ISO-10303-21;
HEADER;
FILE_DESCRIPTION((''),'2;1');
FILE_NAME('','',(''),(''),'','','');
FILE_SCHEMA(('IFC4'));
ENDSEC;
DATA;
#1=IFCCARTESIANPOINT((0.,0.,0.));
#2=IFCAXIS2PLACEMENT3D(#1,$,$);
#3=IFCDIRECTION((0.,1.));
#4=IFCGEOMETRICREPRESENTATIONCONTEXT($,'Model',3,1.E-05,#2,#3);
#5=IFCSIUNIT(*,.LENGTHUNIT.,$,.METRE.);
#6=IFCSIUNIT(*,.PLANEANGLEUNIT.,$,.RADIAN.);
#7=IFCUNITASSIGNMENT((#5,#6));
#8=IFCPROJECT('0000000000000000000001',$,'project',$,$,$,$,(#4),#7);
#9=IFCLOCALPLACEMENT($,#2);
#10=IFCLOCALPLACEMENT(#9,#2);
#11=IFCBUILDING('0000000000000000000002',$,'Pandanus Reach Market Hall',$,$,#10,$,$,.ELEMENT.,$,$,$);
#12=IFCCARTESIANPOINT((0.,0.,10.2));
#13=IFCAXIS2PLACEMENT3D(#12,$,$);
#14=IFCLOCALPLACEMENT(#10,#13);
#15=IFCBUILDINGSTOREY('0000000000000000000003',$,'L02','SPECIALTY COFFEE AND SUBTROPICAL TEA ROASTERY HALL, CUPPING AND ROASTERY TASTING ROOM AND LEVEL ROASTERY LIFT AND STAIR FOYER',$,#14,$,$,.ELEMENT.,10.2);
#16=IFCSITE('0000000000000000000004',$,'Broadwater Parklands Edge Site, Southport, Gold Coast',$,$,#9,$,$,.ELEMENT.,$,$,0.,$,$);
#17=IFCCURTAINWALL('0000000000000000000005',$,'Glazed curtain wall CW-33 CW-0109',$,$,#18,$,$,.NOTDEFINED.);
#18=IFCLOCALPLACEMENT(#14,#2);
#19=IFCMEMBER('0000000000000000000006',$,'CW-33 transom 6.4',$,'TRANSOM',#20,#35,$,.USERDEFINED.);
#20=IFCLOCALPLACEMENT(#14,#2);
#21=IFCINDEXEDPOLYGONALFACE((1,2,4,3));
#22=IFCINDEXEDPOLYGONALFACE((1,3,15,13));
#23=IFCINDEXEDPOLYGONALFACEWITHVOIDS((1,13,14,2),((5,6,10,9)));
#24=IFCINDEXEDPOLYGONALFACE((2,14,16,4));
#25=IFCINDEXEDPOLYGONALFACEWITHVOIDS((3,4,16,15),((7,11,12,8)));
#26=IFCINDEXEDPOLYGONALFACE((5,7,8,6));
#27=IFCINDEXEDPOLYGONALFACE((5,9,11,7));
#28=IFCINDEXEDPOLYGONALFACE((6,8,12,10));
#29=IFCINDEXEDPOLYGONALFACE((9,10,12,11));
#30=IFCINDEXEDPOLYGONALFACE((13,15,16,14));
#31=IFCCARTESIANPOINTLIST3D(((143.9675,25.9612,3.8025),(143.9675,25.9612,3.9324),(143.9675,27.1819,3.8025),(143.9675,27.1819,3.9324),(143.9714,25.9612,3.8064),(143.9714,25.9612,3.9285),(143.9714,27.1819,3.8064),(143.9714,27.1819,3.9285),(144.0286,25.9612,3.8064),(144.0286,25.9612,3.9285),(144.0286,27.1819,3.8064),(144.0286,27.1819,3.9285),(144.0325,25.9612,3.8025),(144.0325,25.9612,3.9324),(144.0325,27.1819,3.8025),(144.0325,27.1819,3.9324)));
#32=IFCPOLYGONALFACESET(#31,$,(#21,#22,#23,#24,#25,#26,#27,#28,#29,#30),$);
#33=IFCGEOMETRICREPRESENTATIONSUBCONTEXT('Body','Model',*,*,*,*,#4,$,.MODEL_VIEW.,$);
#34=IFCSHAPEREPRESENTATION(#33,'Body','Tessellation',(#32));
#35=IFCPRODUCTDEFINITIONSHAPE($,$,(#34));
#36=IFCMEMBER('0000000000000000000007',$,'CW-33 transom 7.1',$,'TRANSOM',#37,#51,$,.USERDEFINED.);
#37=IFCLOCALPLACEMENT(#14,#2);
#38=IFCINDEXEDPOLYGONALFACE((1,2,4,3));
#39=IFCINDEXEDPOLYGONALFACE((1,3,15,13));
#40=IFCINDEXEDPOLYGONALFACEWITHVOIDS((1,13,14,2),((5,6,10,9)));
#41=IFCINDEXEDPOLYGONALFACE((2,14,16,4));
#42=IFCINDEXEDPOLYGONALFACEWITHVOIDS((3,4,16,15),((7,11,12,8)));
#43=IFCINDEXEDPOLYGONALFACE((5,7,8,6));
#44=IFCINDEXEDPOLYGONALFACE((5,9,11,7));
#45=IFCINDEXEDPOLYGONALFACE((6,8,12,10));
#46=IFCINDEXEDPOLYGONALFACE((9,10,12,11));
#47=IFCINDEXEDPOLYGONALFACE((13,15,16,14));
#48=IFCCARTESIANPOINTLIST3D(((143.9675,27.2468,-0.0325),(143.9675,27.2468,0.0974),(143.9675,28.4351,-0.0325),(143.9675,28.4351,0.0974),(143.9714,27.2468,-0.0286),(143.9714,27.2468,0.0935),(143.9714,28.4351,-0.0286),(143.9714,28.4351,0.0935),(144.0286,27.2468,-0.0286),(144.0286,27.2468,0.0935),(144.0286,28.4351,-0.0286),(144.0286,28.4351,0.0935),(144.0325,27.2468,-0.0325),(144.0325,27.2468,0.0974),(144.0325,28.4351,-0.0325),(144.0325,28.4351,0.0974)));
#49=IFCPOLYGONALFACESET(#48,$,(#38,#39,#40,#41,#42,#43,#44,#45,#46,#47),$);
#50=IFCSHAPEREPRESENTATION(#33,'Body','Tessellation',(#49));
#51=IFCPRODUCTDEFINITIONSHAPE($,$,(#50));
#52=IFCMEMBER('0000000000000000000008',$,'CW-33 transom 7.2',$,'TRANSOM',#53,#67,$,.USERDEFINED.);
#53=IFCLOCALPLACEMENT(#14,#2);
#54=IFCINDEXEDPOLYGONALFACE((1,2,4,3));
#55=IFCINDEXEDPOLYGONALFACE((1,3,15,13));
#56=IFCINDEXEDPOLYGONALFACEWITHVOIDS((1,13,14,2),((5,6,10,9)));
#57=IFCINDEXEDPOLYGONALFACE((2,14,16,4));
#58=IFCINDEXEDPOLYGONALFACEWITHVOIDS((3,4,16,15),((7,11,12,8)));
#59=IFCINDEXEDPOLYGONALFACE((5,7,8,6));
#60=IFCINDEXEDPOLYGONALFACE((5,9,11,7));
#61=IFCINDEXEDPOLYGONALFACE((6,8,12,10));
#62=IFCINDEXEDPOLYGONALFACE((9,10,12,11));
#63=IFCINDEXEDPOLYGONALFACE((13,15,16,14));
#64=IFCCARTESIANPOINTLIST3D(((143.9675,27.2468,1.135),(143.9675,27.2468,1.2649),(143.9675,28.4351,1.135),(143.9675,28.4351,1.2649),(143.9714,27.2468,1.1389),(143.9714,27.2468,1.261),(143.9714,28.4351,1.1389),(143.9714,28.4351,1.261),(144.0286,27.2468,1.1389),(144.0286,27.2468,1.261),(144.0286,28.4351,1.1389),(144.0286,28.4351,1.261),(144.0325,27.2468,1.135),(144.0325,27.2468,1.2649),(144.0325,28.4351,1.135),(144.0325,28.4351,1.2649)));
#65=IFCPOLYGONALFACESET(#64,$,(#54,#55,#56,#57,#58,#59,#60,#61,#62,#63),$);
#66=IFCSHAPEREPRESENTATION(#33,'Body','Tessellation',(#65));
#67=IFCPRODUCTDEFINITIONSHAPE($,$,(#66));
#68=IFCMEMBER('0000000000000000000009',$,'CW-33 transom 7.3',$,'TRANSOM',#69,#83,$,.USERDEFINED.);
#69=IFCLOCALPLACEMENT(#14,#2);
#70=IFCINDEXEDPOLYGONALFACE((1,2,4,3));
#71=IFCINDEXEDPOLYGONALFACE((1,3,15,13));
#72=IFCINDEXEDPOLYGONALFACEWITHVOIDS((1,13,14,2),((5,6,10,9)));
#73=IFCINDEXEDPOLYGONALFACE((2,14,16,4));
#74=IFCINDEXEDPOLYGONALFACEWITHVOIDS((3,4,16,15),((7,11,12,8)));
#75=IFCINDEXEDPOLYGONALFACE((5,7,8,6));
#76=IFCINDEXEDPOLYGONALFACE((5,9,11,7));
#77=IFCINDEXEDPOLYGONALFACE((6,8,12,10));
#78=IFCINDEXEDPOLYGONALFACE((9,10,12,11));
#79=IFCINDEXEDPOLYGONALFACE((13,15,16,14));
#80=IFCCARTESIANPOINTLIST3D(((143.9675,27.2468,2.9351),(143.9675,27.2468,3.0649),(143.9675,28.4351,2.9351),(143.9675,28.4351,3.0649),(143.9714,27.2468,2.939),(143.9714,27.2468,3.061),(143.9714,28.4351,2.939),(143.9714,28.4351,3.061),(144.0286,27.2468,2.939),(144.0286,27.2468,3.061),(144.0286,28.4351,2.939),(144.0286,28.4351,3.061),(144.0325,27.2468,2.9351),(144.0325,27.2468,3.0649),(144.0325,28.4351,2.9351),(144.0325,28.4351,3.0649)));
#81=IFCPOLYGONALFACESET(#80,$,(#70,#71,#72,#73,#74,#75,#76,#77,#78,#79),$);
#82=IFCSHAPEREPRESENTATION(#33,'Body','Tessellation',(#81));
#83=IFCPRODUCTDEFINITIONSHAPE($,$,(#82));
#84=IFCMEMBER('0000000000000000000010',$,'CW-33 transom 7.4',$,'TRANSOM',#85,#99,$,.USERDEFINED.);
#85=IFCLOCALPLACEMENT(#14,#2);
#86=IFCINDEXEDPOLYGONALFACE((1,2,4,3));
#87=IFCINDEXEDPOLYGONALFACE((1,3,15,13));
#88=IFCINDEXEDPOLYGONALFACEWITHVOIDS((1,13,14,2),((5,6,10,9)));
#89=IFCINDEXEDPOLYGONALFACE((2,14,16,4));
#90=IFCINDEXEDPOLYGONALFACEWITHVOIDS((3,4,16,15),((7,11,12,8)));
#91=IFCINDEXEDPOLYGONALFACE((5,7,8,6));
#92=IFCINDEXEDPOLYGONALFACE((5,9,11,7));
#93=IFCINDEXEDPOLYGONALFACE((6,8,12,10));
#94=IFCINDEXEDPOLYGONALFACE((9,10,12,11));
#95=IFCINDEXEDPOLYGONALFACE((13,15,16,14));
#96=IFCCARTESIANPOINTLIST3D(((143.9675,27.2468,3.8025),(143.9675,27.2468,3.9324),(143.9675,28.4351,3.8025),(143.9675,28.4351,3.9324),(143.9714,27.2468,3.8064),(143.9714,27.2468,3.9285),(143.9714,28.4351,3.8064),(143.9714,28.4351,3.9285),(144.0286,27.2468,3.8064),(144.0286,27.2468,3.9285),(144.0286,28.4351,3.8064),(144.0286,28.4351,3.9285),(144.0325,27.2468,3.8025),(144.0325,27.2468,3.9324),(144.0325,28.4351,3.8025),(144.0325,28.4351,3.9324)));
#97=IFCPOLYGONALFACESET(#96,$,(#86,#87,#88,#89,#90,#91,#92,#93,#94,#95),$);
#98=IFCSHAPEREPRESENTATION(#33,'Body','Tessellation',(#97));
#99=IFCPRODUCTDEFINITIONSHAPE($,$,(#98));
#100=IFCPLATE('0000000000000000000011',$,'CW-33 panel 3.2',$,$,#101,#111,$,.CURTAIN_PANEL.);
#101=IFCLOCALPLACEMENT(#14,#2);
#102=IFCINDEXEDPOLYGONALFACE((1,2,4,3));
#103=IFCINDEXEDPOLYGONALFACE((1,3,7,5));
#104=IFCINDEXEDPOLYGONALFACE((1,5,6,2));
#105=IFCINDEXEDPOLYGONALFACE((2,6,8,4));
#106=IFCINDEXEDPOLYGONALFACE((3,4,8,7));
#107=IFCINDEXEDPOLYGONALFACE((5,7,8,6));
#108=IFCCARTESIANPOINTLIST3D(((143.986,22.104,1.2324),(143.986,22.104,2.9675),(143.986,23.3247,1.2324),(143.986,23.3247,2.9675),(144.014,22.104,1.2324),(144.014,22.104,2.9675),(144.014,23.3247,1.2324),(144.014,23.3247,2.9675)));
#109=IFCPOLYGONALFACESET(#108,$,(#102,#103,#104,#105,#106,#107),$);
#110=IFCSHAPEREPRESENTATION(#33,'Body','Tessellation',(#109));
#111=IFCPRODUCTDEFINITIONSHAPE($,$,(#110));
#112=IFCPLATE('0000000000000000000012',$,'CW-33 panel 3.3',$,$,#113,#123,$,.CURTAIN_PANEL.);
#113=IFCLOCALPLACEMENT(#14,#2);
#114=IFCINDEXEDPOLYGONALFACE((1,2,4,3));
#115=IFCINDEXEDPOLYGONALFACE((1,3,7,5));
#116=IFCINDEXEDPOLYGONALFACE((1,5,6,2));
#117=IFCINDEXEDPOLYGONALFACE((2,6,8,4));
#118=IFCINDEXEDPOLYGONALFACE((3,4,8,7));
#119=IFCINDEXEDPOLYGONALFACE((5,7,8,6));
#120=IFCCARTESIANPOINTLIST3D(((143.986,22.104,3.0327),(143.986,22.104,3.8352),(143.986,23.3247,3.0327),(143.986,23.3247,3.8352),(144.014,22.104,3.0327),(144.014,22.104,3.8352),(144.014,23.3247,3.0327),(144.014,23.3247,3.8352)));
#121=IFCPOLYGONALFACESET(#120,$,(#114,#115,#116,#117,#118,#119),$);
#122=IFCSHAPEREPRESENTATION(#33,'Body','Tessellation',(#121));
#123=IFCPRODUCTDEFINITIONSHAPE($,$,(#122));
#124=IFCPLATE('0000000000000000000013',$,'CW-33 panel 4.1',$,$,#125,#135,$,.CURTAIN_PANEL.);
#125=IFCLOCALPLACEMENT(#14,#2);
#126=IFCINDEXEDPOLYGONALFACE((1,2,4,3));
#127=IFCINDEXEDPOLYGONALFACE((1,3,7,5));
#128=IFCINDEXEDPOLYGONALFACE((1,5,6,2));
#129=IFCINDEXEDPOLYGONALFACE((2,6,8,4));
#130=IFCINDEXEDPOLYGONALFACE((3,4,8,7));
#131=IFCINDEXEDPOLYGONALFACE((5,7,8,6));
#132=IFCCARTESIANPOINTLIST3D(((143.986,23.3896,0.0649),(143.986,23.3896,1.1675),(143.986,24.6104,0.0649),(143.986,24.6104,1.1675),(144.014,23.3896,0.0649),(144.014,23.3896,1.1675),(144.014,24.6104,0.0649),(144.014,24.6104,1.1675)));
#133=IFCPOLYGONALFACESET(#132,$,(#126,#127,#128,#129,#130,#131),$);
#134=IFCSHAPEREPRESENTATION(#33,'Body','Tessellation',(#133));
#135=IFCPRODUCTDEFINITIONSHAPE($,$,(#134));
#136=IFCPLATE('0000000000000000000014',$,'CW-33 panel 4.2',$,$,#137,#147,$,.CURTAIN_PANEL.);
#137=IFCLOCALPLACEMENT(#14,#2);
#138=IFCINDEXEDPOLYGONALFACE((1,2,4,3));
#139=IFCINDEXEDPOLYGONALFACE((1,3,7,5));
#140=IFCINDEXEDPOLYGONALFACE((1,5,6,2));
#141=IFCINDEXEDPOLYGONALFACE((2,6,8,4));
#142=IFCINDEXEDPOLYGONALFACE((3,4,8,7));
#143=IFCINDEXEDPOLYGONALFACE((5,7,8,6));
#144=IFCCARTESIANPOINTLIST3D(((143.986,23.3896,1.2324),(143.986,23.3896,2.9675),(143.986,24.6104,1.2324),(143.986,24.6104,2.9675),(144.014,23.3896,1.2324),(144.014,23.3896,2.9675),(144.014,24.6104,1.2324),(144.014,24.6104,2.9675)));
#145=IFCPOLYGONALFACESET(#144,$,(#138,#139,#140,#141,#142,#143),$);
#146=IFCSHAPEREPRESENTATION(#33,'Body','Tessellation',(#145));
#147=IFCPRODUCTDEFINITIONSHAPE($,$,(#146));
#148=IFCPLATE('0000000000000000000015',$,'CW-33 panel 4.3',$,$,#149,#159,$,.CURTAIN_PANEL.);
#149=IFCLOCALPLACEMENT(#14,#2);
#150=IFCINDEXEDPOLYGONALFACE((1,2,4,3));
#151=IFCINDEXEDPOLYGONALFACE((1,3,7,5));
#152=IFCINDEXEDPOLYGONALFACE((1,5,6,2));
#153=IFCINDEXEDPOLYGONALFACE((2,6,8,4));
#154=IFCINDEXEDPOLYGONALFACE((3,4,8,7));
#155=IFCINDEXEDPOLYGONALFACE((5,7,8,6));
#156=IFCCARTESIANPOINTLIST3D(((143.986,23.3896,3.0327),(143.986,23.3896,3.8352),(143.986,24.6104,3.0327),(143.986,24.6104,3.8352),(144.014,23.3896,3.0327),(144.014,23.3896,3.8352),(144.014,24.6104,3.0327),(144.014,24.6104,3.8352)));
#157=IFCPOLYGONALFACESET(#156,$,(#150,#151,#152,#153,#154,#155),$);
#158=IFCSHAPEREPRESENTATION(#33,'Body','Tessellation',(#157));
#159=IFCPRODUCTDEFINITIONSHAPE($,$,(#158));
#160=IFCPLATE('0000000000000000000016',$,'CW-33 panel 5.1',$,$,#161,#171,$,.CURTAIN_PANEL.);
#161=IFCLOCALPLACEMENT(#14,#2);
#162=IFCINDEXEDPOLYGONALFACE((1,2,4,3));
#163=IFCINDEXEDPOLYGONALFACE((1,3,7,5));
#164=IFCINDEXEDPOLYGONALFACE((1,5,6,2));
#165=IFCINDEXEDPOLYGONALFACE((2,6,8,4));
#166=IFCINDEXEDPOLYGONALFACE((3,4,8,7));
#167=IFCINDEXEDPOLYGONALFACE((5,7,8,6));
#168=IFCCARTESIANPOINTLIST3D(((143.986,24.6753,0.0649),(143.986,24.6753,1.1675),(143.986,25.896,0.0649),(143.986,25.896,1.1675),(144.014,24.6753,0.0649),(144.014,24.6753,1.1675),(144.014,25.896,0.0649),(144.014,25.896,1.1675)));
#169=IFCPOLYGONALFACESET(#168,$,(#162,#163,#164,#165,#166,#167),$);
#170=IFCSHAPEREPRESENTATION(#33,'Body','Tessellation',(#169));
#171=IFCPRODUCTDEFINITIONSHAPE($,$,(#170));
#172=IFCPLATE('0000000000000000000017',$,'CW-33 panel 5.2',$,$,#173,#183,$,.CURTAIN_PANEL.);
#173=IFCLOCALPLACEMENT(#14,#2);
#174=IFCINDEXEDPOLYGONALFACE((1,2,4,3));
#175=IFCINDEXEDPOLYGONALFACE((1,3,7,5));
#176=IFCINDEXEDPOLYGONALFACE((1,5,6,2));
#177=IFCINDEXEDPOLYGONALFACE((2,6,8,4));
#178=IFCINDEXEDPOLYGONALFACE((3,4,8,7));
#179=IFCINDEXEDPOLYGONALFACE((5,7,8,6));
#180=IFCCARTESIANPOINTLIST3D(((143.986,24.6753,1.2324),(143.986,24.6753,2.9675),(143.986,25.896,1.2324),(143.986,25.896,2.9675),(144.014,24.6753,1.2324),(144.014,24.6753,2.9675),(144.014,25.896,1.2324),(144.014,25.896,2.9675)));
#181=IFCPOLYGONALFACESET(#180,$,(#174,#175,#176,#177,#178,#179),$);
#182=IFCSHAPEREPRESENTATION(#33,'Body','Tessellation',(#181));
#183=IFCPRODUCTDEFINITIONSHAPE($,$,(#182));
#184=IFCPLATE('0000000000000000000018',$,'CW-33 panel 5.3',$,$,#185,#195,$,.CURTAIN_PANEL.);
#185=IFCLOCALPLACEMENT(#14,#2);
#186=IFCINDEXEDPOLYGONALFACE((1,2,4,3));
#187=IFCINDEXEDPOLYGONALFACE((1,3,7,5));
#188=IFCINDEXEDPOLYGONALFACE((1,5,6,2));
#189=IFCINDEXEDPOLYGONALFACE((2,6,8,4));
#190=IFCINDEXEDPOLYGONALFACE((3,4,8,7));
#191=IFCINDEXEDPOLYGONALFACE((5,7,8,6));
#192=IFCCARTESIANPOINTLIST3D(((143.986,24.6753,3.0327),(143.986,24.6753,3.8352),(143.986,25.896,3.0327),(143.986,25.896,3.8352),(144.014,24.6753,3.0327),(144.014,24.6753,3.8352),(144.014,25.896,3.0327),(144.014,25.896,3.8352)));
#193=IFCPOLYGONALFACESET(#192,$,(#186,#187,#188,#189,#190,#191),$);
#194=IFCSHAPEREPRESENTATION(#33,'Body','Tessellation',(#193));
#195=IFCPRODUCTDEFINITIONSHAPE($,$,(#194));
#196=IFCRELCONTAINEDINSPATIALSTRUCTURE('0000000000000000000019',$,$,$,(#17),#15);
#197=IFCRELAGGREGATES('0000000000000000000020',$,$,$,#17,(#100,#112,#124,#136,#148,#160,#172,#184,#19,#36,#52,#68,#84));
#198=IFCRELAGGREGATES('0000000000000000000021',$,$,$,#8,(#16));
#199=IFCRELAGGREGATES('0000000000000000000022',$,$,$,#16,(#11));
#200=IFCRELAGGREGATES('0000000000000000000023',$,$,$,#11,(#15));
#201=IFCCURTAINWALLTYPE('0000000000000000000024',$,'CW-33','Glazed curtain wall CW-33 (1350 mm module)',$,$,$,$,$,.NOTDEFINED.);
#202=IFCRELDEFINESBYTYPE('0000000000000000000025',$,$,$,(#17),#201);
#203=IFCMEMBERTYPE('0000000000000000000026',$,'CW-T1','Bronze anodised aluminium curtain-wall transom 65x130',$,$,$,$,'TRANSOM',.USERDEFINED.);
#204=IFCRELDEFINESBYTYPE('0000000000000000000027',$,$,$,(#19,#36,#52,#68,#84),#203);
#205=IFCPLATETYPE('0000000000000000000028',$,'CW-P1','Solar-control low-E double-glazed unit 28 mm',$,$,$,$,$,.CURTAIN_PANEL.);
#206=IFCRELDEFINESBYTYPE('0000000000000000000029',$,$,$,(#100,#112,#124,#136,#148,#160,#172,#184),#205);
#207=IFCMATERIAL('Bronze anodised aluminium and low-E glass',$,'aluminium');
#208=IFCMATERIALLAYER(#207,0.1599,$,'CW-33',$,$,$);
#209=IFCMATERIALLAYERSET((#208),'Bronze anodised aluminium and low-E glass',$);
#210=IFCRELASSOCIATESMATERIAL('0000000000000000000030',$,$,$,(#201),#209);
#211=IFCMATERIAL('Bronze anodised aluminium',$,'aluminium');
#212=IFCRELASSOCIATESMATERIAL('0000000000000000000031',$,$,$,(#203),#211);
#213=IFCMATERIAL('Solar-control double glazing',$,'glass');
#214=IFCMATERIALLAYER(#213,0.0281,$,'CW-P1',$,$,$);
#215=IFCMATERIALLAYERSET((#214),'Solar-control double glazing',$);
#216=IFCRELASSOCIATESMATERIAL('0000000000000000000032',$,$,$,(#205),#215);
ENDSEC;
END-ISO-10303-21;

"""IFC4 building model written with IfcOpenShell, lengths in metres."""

from ifc_helpers import new_model, si_unit, direction, frame, origin, origin_2d, place, context, subcontext, project, spatial, rectangle, hollow_rectangle, extrude, material, layer, layer_set, material_profile, profile_set, type_object, element, aggregate, save


model = new_model("IFC4")

# Units and contexts
model_context = context("Model", 3, precision=1e-05, world=origin(), true_north=direction((0.0, 1.0)))
body_context = subcontext(model_context, "Body", "Model", "MODEL_VIEW")
ifc_project = project(units=[si_unit("LENGTHUNIT", "METRE"), si_unit("PLANEANGLEUNIT", "RADIAN")], contexts=[model_context])

# Site, building, storey
site_placement = place(None, origin())
site = spatial("IfcSite", under=ifc_project, at=site_placement, Name="Broadwater Parklands Edge Site, Southport, Gold Coast", CompositionType="ELEMENT", RefElevation=0.0)
building_placement = place(site_placement, origin())
building = spatial("IfcBuilding", under=site, at=building_placement, Name="Pandanus Reach Market Hall", CompositionType="ELEMENT")
storey_placement = place(building_placement, frame((0.0, 0.0, 10.2)))
storey = spatial("IfcBuildingStorey", under=building, at=storey_placement, Name="L02", Description="SPECIALTY COFFEE AND SUBTROPICAL TEA ROASTERY HALL, CUPPING AND ROASTERY TASTING ROOM AND LEVEL ROASTERY LIFT AND STAIR FOYER", CompositionType="ELEMENT", Elevation=10.2)

# Curtain wall, members, plates
ifc_material_1 = material(Name="Bronze anodised aluminium and low-E glass", Category="aluminium")
ifc_layer_1 = layer(ifc_material_1, 0.1599, Name="CW-33")
ifc_layer_set_1 = layer_set([ifc_layer_1], Name="Bronze anodised aluminium and low-E glass")
curtain_wall_type = type_object("IfcCurtainWallType", Name="CW-33", Description="Glazed curtain wall CW-33 (1350 mm module)", PredefinedType="NOTDEFINED", material=ifc_layer_set_1)
curtain_wall_placement = place(storey_placement, origin())
curtain_wall = element("IfcCurtainWall", 1, at=curtain_wall_placement, inside=storey, type_object=curtain_wall_type, Name="Glazed curtain wall CW-33 CW-0109", PredefinedType="NOTDEFINED")
ifc_material_2 = material(Name="Bronze anodised aluminium", Category="aluminium")
ifc_material_profile = material_profile(ifc_material_2, hollow_rectangle(XDim=0.0649, YDim=0.1299, WallThickness=0.0039, at=origin_2d()), Name="ALU65x130", Category="LoadBearing")
ifc_profile_set = profile_set([ifc_material_profile], Name="Bronze anodised aluminium")
member_type = type_object("IfcMemberType", Name="CW-T1", Description="Bronze anodised aluminium curtain-wall transom 65x130", ElementType="TRANSOM", PredefinedType="USERDEFINED", material=ifc_profile_set)
member_1_placement = place(storey_placement, frame((144.0, 25.9612, 3.8674), z_axis=(0.0, 1.0, 0.0), x_axis=(-1.0, 0.0, 0.0)))
member_1 = element("IfcMember", 2, at=member_1_placement, type_object=member_type, Name="CW-33 transom 6.4", ObjectType="TRANSOM", PredefinedType="USERDEFINED", context=body_context, shape_type="SweptSolid", body=[
    extrude(hollow_rectangle(XDim=0.0649, YDim=0.1299, WallThickness=0.0039, at=origin_2d()), origin(), (0.0, 0.0, 1.0), 1.2207),
])
member_2_placement = place(storey_placement, frame((144.0, 27.2468, 0.0325), z_axis=(0.0, 1.0, 0.0), x_axis=(-1.0, 0.0, 0.0)))
member_2 = element("IfcMember", 3, at=member_2_placement, type_object=member_type, Name="CW-33 transom 7.1", ObjectType="TRANSOM", PredefinedType="USERDEFINED", context=body_context, shape_type="SweptSolid", body=[
    extrude(hollow_rectangle(XDim=0.0649, YDim=0.1299, WallThickness=0.0039, at=origin_2d()), origin(), (0.0, 0.0, 1.0), 1.1882),
])
member_3_placement = place(storey_placement, frame((144.0, 27.2468, 1.2), z_axis=(0.0, 1.0, 0.0), x_axis=(-1.0, 0.0, 0.0)))
member_3 = element("IfcMember", 4, at=member_3_placement, type_object=member_type, Name="CW-33 transom 7.2", ObjectType="TRANSOM", PredefinedType="USERDEFINED", context=body_context, shape_type="SweptSolid", body=[
    extrude(hollow_rectangle(XDim=0.0649, YDim=0.1299, WallThickness=0.0039, at=origin_2d()), origin(), (0.0, 0.0, 1.0), 1.1882),
])
member_4_placement = place(storey_placement, frame((144.0, 27.2468, 3.0), z_axis=(0.0, 1.0, 0.0), x_axis=(-1.0, 0.0, 0.0)))
member_4 = element("IfcMember", 5, at=member_4_placement, type_object=member_type, Name="CW-33 transom 7.3", ObjectType="TRANSOM", PredefinedType="USERDEFINED", context=body_context, shape_type="SweptSolid", body=[
    extrude(hollow_rectangle(XDim=0.0649, YDim=0.1299, WallThickness=0.0039, at=origin_2d()), origin(), (0.0, 0.0, 1.0), 1.1882),
])
member_5_placement = place(storey_placement, frame((144.0, 27.2468, 3.8674), z_axis=(0.0, 1.0, 0.0), x_axis=(-1.0, 0.0, 0.0)))
member_5 = element("IfcMember", 6, at=member_5_placement, type_object=member_type, Name="CW-33 transom 7.4", ObjectType="TRANSOM", PredefinedType="USERDEFINED", context=body_context, shape_type="SweptSolid", body=[
    extrude(hollow_rectangle(XDim=0.0649, YDim=0.1299, WallThickness=0.0039, at=origin_2d()), origin(), (0.0, 0.0, 1.0), 1.1882),
])
ifc_material_3 = material(Name="Solar-control double glazing", Category="glass")
ifc_layer_2 = layer(ifc_material_3, 0.0281, Name="CW-P1")
ifc_layer_set_2 = layer_set([ifc_layer_2], Name="Solar-control double glazing")
plate_type = type_object("IfcPlateType", Name="CW-P1", Description="Solar-control low-E double-glazed unit 28 mm", PredefinedType="CURTAIN_PANEL", material=ifc_layer_set_2)
plate_1_placement = place(storey_placement, frame((144.0, 22.7144, 1.2324), z_axis=(0.0, 0.0, 1.0), x_axis=(0.0, 1.0, 0.0)))
plate_1 = element("IfcPlate", 7, at=plate_1_placement, type_object=plate_type, Name="CW-33 panel 3.2", PredefinedType="CURTAIN_PANEL", context=body_context, shape_type="SweptSolid", body=[
    extrude(rectangle(XDim=1.2207, YDim=0.0281, at=origin_2d()), origin(), (0.0, 0.0, 1.0), 1.7351),
])
plate_2_placement = place(storey_placement, frame((144.0, 22.7144, 3.0327), z_axis=(0.0, 0.0, 1.0), x_axis=(0.0, 1.0, 0.0)))
plate_2 = element("IfcPlate", 8, at=plate_2_placement, type_object=plate_type, Name="CW-33 panel 3.3", PredefinedType="CURTAIN_PANEL", context=body_context, shape_type="SweptSolid", body=[
    extrude(rectangle(XDim=1.2207, YDim=0.0281, at=origin_2d()), origin(), (0.0, 0.0, 1.0), 0.8025),
])
plate_3_placement = place(storey_placement, frame((144.0, 24.0, 0.0649), z_axis=(0.0, 0.0, 1.0), x_axis=(0.0, 1.0, 0.0)))
plate_3 = element("IfcPlate", 9, at=plate_3_placement, type_object=plate_type, Name="CW-33 panel 4.1", PredefinedType="CURTAIN_PANEL", context=body_context, shape_type="SweptSolid", body=[
    extrude(rectangle(XDim=1.2207, YDim=0.0281, at=origin_2d()), origin(), (0.0, 0.0, 1.0), 1.1025),
])
plate_4_placement = place(storey_placement, frame((144.0, 24.0, 1.2324), z_axis=(0.0, 0.0, 1.0), x_axis=(0.0, 1.0, 0.0)))
plate_4 = element("IfcPlate", 10, at=plate_4_placement, type_object=plate_type, Name="CW-33 panel 4.2", PredefinedType="CURTAIN_PANEL", context=body_context, shape_type="SweptSolid", body=[
    extrude(rectangle(XDim=1.2207, YDim=0.0281, at=origin_2d()), origin(), (0.0, 0.0, 1.0), 1.7351),
])
plate_5_placement = place(storey_placement, frame((144.0, 24.0, 3.0327), z_axis=(0.0, 0.0, 1.0), x_axis=(0.0, 1.0, 0.0)))
plate_5 = element("IfcPlate", 11, at=plate_5_placement, type_object=plate_type, Name="CW-33 panel 4.3", PredefinedType="CURTAIN_PANEL", context=body_context, shape_type="SweptSolid", body=[
    extrude(rectangle(XDim=1.2207, YDim=0.0281, at=origin_2d()), origin(), (0.0, 0.0, 1.0), 0.8025),
])
plate_6_placement = place(storey_placement, frame((144.0, 25.2856, 0.0649), z_axis=(0.0, 0.0, 1.0), x_axis=(0.0, 1.0, 0.0)))
plate_6 = element("IfcPlate", 12, at=plate_6_placement, type_object=plate_type, Name="CW-33 panel 5.1", PredefinedType="CURTAIN_PANEL", context=body_context, shape_type="SweptSolid", body=[
    extrude(rectangle(XDim=1.2207, YDim=0.0281, at=origin_2d()), origin(), (0.0, 0.0, 1.0), 1.1025),
])
plate_7_placement = place(storey_placement, frame((144.0, 25.2856, 1.2324), z_axis=(0.0, 0.0, 1.0), x_axis=(0.0, 1.0, 0.0)))
plate_7 = element("IfcPlate", 13, at=plate_7_placement, type_object=plate_type, Name="CW-33 panel 5.2", PredefinedType="CURTAIN_PANEL", context=body_context, shape_type="SweptSolid", body=[
    extrude(rectangle(XDim=1.2207, YDim=0.0281, at=origin_2d()), origin(), (0.0, 0.0, 1.0), 1.7351),
])
plate_8_placement = place(storey_placement, frame((144.0, 25.2856, 3.0327), z_axis=(0.0, 0.0, 1.0), x_axis=(0.0, 1.0, 0.0)))
plate_8 = element("IfcPlate", 14, at=plate_8_placement, type_object=plate_type, Name="CW-33 panel 5.3", PredefinedType="CURTAIN_PANEL", context=body_context, shape_type="SweptSolid", body=[
    extrude(rectangle(XDim=1.2207, YDim=0.0281, at=origin_2d()), origin(), (0.0, 0.0, 1.0), 0.8025),
])
aggregate(curtain_wall, [plate_1, plate_2, plate_3, plate_4, plate_5, plate_6, plate_7, plate_8, member_1, member_2, member_3, member_4, member_5])

save(model, "model.ifc")
